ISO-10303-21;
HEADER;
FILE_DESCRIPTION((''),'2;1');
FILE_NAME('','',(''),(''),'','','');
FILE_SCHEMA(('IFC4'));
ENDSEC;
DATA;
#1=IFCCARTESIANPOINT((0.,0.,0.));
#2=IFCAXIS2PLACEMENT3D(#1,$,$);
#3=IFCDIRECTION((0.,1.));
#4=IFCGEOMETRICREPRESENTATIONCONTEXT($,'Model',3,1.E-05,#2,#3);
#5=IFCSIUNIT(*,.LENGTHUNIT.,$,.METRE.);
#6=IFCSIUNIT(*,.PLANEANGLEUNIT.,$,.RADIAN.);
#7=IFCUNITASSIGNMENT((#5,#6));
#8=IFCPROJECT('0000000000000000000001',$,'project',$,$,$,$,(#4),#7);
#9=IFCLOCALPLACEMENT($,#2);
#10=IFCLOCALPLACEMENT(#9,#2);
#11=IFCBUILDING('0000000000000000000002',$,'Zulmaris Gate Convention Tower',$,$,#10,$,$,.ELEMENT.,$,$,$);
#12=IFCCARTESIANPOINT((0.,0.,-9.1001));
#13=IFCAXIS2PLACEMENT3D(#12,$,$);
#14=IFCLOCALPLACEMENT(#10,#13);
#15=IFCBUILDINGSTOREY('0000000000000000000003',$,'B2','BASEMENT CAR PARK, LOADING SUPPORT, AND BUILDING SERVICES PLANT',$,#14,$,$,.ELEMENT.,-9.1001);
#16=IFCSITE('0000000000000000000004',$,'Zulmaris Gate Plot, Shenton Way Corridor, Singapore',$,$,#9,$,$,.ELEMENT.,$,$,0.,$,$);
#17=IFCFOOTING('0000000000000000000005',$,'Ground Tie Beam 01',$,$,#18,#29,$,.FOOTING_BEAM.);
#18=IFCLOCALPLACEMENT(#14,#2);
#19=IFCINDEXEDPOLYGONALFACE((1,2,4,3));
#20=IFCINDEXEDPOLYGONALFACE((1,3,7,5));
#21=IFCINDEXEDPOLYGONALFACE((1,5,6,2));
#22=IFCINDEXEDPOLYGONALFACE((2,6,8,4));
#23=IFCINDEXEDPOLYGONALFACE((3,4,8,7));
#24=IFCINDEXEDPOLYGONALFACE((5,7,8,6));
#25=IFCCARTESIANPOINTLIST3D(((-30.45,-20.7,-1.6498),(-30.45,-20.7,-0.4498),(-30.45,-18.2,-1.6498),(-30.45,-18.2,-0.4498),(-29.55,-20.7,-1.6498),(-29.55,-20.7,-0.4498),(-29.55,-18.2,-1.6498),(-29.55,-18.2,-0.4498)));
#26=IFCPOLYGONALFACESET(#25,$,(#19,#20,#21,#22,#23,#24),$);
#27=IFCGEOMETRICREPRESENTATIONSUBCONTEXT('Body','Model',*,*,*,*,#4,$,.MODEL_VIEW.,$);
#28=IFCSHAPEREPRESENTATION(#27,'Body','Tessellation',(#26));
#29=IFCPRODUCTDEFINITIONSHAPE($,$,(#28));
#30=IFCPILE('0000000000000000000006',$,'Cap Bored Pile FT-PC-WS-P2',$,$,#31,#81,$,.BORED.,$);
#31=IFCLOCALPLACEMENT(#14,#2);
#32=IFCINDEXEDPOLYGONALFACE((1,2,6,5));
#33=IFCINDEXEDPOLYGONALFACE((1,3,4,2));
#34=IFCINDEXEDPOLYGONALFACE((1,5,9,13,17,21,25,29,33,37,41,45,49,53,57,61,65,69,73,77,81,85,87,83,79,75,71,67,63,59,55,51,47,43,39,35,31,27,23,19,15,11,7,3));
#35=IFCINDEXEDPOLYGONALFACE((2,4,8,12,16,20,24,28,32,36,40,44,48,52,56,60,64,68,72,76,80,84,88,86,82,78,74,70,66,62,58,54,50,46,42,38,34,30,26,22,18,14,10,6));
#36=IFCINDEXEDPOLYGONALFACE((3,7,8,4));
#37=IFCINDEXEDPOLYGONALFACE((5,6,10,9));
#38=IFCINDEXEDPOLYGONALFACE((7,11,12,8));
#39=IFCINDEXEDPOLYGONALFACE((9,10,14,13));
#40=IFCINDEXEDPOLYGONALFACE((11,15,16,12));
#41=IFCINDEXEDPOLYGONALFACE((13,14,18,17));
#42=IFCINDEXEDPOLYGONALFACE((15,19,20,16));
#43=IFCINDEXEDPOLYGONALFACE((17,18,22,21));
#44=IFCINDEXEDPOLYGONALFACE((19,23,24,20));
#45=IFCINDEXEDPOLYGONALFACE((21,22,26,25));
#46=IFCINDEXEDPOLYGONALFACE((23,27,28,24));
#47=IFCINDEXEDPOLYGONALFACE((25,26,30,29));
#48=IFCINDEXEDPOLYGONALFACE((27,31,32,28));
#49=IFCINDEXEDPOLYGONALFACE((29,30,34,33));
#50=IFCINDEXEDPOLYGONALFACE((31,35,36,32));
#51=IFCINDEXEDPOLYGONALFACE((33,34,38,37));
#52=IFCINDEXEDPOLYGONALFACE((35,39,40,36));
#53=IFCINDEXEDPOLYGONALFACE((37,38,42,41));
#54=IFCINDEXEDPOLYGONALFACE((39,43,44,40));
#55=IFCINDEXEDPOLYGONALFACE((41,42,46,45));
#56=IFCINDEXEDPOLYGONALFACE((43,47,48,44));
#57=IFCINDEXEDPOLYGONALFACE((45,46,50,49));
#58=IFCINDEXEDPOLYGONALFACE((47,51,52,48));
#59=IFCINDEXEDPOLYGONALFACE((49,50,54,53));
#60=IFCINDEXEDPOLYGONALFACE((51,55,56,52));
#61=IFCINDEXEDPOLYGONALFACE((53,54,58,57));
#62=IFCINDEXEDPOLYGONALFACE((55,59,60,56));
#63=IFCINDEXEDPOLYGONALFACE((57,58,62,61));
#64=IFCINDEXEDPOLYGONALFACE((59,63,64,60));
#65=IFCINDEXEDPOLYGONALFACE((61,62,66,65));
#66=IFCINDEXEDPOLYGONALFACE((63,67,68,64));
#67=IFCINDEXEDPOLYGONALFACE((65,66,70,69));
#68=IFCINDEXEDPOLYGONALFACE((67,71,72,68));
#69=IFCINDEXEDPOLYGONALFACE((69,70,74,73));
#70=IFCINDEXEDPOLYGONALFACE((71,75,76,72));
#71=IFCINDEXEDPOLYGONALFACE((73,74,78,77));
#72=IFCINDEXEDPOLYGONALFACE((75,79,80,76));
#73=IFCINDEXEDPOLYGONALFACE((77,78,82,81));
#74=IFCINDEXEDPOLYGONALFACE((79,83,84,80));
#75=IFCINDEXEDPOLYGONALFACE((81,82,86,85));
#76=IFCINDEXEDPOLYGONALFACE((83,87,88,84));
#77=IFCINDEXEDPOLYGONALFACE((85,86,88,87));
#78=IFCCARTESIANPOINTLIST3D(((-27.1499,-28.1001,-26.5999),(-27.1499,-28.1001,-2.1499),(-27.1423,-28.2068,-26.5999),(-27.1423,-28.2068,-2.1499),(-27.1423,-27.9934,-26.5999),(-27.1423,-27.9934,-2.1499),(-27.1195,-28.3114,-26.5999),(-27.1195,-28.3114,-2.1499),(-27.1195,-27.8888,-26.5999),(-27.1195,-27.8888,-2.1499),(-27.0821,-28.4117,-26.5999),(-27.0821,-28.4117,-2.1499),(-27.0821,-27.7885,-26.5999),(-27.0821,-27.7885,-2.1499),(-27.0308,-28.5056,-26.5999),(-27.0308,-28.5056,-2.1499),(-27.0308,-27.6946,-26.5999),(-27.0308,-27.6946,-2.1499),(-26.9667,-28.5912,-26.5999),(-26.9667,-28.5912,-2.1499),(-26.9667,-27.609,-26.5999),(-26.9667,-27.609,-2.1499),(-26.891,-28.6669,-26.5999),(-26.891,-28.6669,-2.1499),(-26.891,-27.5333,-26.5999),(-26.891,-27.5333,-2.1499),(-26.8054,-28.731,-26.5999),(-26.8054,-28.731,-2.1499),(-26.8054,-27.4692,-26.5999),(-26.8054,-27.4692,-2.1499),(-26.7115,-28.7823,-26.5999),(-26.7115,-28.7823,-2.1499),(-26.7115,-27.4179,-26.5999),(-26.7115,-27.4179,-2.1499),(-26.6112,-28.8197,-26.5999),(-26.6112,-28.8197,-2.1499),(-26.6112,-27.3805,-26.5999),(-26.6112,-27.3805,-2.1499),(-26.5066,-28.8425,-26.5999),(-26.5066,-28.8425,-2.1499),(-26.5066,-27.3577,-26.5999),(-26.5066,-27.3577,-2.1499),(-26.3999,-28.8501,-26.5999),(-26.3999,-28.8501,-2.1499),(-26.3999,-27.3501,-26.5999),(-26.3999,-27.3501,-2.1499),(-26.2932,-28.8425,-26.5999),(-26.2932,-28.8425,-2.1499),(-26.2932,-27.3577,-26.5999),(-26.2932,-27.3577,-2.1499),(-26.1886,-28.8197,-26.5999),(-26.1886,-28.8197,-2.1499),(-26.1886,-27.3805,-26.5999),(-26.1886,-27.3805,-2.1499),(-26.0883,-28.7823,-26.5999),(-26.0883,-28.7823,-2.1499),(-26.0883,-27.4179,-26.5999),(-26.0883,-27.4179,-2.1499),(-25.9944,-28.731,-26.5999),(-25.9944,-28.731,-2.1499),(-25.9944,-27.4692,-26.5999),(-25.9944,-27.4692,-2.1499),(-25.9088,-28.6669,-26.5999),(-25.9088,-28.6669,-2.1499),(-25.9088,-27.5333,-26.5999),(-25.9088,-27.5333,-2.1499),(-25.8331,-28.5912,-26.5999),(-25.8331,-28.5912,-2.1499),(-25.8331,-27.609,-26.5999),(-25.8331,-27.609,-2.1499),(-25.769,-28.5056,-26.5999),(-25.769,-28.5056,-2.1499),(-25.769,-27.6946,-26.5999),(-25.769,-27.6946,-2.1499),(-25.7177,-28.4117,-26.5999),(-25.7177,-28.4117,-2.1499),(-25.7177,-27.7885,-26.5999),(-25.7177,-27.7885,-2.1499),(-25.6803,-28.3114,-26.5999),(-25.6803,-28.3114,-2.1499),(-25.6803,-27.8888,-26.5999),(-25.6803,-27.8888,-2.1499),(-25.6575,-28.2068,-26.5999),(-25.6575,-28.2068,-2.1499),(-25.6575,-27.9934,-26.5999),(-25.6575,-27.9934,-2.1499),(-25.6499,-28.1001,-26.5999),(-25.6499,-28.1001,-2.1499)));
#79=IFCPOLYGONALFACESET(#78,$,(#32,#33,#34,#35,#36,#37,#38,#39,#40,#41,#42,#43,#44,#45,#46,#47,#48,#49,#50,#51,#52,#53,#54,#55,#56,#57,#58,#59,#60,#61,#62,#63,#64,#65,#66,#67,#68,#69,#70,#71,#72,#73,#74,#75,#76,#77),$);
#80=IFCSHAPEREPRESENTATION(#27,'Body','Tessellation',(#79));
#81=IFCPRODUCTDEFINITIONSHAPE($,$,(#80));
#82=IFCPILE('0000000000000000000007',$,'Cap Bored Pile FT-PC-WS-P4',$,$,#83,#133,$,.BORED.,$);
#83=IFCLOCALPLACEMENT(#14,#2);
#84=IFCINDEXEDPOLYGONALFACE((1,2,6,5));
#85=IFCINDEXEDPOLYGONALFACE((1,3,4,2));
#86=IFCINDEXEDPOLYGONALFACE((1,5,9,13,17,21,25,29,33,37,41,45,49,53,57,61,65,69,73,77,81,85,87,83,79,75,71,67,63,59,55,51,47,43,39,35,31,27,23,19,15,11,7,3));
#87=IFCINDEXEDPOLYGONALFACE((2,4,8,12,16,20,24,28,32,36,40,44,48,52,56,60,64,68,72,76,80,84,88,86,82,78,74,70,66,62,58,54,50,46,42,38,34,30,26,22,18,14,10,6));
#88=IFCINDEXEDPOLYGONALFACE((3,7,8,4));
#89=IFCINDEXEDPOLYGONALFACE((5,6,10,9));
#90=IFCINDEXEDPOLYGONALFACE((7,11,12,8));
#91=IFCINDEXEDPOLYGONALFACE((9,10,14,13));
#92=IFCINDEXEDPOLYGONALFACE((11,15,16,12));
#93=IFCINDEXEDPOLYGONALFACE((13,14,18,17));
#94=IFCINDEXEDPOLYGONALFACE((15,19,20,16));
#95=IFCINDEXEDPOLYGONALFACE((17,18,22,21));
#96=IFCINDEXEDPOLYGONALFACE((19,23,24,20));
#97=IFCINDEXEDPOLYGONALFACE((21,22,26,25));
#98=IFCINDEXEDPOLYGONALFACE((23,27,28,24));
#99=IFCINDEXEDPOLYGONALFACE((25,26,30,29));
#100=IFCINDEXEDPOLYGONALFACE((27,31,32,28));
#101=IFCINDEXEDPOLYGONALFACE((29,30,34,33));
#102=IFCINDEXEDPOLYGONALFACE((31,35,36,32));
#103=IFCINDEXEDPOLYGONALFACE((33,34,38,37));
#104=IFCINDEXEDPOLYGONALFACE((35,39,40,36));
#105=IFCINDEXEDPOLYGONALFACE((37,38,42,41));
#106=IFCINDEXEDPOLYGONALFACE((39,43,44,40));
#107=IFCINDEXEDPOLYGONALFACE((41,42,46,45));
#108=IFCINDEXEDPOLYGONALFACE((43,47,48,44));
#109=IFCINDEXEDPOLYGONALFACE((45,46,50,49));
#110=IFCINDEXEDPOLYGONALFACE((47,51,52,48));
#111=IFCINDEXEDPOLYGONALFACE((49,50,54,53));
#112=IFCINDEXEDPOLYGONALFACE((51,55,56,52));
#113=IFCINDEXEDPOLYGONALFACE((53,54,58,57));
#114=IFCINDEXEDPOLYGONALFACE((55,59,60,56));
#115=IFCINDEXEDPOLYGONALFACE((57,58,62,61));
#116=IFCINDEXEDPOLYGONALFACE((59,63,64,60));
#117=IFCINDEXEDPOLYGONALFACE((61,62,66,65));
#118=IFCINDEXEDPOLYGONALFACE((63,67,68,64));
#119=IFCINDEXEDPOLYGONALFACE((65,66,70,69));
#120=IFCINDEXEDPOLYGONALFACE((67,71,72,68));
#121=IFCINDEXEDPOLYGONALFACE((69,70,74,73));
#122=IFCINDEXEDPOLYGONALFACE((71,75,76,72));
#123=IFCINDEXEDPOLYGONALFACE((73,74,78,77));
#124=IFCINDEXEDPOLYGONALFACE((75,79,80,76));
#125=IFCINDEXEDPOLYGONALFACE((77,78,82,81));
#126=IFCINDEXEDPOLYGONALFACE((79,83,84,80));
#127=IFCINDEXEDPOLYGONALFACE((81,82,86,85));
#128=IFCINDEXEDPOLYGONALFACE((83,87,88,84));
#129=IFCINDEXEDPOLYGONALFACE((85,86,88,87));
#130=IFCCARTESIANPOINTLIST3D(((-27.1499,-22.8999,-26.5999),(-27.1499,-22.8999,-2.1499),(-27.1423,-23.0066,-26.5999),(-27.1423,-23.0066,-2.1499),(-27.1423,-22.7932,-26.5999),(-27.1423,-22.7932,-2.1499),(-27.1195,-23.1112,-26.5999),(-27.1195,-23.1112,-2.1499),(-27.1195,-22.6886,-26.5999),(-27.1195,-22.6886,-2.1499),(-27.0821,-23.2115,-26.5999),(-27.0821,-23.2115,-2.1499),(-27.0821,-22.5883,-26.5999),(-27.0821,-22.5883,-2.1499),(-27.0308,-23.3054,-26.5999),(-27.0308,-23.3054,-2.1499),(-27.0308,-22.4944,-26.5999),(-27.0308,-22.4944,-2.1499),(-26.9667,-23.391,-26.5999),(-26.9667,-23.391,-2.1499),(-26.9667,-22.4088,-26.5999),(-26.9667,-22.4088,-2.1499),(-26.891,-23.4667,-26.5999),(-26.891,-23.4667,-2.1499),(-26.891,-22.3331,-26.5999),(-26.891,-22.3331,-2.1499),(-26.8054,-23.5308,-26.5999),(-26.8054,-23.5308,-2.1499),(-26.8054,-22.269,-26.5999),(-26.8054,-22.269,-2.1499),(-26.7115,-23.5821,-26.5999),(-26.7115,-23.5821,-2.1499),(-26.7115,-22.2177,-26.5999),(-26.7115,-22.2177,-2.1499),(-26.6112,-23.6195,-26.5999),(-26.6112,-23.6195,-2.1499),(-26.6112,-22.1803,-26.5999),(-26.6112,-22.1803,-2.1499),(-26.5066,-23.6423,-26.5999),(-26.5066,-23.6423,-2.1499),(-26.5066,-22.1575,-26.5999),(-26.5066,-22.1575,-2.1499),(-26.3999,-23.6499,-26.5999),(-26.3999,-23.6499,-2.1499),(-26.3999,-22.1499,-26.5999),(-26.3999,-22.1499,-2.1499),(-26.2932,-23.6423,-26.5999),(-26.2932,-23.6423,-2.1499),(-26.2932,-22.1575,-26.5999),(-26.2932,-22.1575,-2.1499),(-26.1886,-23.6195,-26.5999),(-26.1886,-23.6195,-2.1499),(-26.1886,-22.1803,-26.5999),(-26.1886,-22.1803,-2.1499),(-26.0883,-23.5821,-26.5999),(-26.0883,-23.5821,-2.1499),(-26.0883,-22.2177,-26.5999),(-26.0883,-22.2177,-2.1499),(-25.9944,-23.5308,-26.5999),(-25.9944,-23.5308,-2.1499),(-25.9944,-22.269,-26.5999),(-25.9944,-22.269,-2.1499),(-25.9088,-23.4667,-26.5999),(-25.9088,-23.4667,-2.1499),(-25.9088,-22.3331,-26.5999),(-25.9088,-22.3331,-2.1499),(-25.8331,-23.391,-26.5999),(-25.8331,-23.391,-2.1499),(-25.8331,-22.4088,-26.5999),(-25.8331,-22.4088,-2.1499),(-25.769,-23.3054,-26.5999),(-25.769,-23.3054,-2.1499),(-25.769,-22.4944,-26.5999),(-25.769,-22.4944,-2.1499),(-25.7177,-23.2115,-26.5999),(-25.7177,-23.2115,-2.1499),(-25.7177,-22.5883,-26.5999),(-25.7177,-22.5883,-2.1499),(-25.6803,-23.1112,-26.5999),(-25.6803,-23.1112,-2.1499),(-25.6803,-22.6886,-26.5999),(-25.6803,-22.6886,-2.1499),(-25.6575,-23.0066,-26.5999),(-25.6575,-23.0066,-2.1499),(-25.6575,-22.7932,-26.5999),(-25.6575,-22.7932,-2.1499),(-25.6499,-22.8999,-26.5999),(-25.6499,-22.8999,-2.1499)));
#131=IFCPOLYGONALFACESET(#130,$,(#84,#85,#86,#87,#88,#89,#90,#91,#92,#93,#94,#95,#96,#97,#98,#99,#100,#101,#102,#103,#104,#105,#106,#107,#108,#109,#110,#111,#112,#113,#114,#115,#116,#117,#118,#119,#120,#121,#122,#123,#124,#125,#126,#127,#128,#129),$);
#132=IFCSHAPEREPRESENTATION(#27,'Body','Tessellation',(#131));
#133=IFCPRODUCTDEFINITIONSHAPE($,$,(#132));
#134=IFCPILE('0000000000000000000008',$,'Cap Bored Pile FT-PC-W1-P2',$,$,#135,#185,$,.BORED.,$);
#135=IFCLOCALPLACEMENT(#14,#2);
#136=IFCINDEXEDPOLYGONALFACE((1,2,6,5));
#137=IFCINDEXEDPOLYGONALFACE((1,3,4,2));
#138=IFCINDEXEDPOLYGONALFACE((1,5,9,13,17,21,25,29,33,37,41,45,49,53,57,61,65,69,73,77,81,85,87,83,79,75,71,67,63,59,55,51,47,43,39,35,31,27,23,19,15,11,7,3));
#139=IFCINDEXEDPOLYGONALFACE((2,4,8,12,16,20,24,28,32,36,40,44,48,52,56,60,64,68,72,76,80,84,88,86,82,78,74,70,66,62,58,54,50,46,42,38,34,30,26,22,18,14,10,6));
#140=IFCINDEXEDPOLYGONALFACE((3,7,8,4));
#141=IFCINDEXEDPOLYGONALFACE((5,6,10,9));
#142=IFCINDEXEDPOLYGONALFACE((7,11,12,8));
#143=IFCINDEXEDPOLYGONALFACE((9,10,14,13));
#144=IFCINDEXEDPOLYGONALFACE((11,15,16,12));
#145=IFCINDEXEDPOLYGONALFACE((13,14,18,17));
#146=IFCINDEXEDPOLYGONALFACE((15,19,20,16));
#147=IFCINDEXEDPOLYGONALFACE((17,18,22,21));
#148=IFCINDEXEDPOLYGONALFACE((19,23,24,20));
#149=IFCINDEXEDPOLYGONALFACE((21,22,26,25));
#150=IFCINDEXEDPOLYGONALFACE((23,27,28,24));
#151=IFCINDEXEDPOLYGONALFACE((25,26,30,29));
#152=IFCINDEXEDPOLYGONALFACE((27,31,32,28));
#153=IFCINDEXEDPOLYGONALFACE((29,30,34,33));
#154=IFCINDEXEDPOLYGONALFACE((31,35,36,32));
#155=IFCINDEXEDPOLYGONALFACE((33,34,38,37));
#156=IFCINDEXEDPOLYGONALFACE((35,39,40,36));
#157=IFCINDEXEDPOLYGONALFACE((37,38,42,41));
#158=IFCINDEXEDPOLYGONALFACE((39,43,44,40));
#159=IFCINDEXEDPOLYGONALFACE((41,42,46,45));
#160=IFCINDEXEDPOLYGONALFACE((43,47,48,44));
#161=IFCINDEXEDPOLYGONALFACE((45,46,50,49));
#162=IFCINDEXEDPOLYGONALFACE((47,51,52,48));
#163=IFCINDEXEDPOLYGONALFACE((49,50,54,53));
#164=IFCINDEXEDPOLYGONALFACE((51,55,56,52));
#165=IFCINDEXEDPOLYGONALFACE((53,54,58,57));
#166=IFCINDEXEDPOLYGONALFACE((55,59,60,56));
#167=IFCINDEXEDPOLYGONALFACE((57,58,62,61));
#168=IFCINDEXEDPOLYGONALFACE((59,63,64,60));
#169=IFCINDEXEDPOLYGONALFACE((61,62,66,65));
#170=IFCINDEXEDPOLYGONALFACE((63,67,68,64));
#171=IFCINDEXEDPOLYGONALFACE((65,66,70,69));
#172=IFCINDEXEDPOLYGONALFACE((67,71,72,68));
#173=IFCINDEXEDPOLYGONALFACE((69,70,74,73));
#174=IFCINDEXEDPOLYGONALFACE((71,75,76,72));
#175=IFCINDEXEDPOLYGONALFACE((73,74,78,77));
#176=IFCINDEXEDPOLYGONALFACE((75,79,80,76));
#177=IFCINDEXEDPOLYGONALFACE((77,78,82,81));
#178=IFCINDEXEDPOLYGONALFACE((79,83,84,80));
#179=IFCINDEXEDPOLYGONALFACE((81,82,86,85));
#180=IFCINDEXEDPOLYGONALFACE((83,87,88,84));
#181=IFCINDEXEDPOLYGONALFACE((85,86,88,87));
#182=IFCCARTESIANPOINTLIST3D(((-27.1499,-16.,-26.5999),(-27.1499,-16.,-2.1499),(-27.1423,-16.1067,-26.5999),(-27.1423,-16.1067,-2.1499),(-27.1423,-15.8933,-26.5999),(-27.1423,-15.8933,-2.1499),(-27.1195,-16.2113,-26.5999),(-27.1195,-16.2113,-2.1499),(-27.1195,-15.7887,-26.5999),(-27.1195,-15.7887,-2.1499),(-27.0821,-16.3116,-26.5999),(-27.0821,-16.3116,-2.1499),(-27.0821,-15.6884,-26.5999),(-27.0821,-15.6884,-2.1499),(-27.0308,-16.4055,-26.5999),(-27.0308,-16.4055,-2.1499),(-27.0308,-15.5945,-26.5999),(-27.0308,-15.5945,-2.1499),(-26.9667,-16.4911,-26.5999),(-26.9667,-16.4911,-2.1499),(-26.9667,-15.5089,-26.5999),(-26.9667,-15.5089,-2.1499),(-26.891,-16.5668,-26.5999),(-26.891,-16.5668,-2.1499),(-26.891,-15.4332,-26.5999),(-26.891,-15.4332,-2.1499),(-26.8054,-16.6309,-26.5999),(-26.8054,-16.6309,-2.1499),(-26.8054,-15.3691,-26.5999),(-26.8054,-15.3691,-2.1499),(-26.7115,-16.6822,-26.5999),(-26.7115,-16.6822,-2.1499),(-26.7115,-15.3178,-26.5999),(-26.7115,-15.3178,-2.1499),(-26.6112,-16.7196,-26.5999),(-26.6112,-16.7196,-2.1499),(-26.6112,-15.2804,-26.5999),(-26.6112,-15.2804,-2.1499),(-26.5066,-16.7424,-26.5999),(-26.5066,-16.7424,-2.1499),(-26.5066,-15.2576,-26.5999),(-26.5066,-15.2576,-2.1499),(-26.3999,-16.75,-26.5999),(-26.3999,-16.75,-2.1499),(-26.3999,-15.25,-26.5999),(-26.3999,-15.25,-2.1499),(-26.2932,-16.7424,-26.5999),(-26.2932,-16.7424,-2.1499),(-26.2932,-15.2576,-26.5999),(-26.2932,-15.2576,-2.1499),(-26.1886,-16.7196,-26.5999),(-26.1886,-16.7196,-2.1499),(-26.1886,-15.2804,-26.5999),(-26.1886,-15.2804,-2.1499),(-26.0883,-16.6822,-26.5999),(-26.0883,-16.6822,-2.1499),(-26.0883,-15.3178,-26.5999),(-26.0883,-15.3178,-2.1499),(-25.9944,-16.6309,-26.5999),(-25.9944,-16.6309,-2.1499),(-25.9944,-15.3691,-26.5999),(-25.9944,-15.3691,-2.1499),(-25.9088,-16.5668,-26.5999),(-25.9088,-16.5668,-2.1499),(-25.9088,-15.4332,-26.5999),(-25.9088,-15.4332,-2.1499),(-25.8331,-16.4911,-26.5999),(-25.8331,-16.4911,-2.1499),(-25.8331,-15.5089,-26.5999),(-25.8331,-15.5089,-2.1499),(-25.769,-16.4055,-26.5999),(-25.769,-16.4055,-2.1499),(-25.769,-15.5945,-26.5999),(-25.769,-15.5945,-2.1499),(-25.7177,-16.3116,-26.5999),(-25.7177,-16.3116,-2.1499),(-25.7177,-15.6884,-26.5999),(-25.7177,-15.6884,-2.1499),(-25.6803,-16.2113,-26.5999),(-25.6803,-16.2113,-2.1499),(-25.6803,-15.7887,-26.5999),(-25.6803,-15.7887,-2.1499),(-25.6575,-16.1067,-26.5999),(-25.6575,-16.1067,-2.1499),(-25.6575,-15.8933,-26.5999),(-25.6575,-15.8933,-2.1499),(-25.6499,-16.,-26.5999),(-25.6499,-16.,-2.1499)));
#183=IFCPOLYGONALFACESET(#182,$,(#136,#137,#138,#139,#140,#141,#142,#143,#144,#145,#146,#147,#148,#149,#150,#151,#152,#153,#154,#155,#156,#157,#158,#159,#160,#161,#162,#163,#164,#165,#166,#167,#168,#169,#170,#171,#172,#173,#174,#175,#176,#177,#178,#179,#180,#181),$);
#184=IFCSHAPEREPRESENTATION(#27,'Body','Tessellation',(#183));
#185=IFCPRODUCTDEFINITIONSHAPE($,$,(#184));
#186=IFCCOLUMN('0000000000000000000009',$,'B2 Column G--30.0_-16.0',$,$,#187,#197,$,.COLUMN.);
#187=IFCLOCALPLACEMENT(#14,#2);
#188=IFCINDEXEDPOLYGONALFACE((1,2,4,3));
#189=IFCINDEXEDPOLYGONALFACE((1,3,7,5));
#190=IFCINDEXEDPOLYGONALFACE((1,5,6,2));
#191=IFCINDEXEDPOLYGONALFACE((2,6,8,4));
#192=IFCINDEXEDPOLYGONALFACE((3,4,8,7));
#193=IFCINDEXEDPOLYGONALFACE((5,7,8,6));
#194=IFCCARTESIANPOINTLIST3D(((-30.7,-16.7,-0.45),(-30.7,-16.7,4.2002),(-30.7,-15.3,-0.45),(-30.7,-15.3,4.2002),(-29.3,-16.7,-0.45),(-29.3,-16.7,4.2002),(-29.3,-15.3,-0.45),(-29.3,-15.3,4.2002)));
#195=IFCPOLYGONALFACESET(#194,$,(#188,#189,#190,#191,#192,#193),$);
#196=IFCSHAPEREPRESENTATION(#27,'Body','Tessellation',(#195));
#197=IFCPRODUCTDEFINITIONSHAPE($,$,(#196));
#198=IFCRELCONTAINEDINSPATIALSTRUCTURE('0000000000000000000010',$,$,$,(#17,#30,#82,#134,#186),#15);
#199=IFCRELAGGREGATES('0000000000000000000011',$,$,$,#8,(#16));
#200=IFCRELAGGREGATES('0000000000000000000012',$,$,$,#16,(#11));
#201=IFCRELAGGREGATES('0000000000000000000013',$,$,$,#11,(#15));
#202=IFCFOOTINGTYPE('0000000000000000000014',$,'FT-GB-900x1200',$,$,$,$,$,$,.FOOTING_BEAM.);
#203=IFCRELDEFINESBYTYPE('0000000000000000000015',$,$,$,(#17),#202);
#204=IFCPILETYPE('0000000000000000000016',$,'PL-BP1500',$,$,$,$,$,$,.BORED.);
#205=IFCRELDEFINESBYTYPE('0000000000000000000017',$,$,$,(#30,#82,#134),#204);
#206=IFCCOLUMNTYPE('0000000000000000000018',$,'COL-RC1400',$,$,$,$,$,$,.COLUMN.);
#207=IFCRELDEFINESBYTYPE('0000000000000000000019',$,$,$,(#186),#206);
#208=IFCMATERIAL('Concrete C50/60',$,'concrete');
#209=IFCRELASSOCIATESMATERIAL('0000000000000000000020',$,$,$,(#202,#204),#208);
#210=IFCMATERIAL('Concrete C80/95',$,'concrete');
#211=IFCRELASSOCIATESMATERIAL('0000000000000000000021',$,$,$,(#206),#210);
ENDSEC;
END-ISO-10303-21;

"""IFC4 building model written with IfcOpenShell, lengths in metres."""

from ifc_helpers import new_model, si_unit, direction, frame, origin, origin_2d, place, context, subcontext, project, spatial, rectangle, circle, extrude, material, material_profile, profile_set, type_object, element, save


model = new_model("IFC4")

# Units and contexts
model_context = context("Model", 3, precision=1e-05, world=origin(), true_north=direction((0.0, 1.0)))
body_context = subcontext(model_context, "Body", "Model", "MODEL_VIEW")
ifc_project = project(units=[si_unit("LENGTHUNIT", "METRE"), si_unit("PLANEANGLEUNIT", "RADIAN")], contexts=[model_context])

# Site, building, storey
site_placement = place(None, origin())
site = spatial("IfcSite", under=ifc_project, at=site_placement, Name="Zulmaris Gate Plot, Shenton Way Corridor, Singapore", CompositionType="ELEMENT", RefElevation=0.0)
building_placement = place(site_placement, origin())
building = spatial("IfcBuilding", under=site, at=building_placement, Name="Zulmaris Gate Convention Tower", CompositionType="ELEMENT")
storey_placement = place(building_placement, frame((0.0, 0.0, -9.1001)))
storey = spatial("IfcBuildingStorey", under=building, at=storey_placement, Name="B2", Description="BASEMENT CAR PARK, LOADING SUPPORT, AND BUILDING SERVICES PLANT", CompositionType="ELEMENT", Elevation=-9.1001)

# Footing
ifc_material_1 = material(Name="Concrete C50/60", Category="concrete")
ifc_material_profile_1 = material_profile(ifc_material_1, rectangle(XDim=0.8999, YDim=1.2, at=origin_2d()), Name="RC TIE 900x1200")
ifc_profile_set_1 = profile_set([ifc_material_profile_1], Name="Concrete C50/60")
footing_type = type_object("IfcFootingType", Name="FT-GB-900x1200", PredefinedType="FOOTING_BEAM", material=ifc_profile_set_1)
footing_placement = place(storey_placement, frame((-30.0, -20.7, -1.0498), z_axis=(0.0, 1.0, 0.0), x_axis=(-1.0, 0.0, 0.0)))
element("IfcFooting", 1, at=footing_placement, inside=storey, type_object=footing_type, Name="Ground Tie Beam 01", PredefinedType="FOOTING_BEAM", context=body_context, shape_type="SweptSolid", body=[
    extrude(rectangle(XDim=0.8999, YDim=1.2, at=origin_2d()), origin(), (0.0, 0.0, 1.0), 2.5),
])

# Piles
ifc_material_profile_2 = material_profile(ifc_material_1, circle(Radius=0.75, at=origin_2d()), Name="BORED PILE 1500")
ifc_profile_set_2 = profile_set([ifc_material_profile_2], Name="Concrete C50/60")
pile_type = type_object("IfcPileType", Name="PL-BP1500", PredefinedType="BORED", material=ifc_profile_set_2)
for number, where, z_axis, x_axis, name in (
    (2, (-26.3999, -28.1001, -2.1499), (0.0, 0.0, -1.0), (1.0, 0.0, 0.0), "Cap Bored Pile FT-PC-WS-P2"),
    (3, (-26.3999, -22.8999, -2.1499), (0.0, 0.0, -1.0), (1.0, 0.0, 0.0), "Cap Bored Pile FT-PC-WS-P4"),
    (4, (-26.3999, -16.0, -2.1499), (0.0, 0.0, -1.0), (1.0, 0.0, 0.0), "Cap Bored Pile FT-PC-W1-P2"),
):
    element("IfcPile", number, at=place(storey_placement, frame(where, z_axis=z_axis, x_axis=x_axis)), inside=storey, type_object=pile_type, Name=name, PredefinedType="BORED", context=body_context, shape_type="SweptSolid", body=[
        extrude(circle(Radius=0.75, at=origin_2d()), origin(), (0.0, 0.0, 1.0), 24.45),
    ])

# Column
ifc_material_2 = material(Name="Concrete C80/95", Category="concrete")
ifc_material_profile_3 = material_profile(ifc_material_2, rectangle(XDim=1.3999, YDim=1.3999, at=origin_2d()), Name="RC COL 1400x1400")
ifc_profile_set_3 = profile_set([ifc_material_profile_3], Name="Concrete C80/95")
column_type_1 = type_object("IfcColumnType", Name="COL-RC1400", PredefinedType="COLUMN", material=ifc_profile_set_3)
for number, where, z_axis, x_axis, name in (
    (5, (-30.0, -16.0, -0.45), (0.0, 0.0, 1.0), (1.0, 0.0, 0.0), "B2 Column G--30.0_-16.0"),
):
    element("IfcColumn", number, at=place(storey_placement, frame(where, z_axis=z_axis, x_axis=x_axis)), inside=storey, type_object=column_type_1, Name=name, PredefinedType="COLUMN", context=body_context, shape_type="SweptSolid", body=[
        extrude(rectangle(XDim=1.3999, YDim=1.3999, at=origin_2d()), origin(), (0.0, 0.0, 1.0), 4.6501),
    ])

save(model, "model.ifc")
